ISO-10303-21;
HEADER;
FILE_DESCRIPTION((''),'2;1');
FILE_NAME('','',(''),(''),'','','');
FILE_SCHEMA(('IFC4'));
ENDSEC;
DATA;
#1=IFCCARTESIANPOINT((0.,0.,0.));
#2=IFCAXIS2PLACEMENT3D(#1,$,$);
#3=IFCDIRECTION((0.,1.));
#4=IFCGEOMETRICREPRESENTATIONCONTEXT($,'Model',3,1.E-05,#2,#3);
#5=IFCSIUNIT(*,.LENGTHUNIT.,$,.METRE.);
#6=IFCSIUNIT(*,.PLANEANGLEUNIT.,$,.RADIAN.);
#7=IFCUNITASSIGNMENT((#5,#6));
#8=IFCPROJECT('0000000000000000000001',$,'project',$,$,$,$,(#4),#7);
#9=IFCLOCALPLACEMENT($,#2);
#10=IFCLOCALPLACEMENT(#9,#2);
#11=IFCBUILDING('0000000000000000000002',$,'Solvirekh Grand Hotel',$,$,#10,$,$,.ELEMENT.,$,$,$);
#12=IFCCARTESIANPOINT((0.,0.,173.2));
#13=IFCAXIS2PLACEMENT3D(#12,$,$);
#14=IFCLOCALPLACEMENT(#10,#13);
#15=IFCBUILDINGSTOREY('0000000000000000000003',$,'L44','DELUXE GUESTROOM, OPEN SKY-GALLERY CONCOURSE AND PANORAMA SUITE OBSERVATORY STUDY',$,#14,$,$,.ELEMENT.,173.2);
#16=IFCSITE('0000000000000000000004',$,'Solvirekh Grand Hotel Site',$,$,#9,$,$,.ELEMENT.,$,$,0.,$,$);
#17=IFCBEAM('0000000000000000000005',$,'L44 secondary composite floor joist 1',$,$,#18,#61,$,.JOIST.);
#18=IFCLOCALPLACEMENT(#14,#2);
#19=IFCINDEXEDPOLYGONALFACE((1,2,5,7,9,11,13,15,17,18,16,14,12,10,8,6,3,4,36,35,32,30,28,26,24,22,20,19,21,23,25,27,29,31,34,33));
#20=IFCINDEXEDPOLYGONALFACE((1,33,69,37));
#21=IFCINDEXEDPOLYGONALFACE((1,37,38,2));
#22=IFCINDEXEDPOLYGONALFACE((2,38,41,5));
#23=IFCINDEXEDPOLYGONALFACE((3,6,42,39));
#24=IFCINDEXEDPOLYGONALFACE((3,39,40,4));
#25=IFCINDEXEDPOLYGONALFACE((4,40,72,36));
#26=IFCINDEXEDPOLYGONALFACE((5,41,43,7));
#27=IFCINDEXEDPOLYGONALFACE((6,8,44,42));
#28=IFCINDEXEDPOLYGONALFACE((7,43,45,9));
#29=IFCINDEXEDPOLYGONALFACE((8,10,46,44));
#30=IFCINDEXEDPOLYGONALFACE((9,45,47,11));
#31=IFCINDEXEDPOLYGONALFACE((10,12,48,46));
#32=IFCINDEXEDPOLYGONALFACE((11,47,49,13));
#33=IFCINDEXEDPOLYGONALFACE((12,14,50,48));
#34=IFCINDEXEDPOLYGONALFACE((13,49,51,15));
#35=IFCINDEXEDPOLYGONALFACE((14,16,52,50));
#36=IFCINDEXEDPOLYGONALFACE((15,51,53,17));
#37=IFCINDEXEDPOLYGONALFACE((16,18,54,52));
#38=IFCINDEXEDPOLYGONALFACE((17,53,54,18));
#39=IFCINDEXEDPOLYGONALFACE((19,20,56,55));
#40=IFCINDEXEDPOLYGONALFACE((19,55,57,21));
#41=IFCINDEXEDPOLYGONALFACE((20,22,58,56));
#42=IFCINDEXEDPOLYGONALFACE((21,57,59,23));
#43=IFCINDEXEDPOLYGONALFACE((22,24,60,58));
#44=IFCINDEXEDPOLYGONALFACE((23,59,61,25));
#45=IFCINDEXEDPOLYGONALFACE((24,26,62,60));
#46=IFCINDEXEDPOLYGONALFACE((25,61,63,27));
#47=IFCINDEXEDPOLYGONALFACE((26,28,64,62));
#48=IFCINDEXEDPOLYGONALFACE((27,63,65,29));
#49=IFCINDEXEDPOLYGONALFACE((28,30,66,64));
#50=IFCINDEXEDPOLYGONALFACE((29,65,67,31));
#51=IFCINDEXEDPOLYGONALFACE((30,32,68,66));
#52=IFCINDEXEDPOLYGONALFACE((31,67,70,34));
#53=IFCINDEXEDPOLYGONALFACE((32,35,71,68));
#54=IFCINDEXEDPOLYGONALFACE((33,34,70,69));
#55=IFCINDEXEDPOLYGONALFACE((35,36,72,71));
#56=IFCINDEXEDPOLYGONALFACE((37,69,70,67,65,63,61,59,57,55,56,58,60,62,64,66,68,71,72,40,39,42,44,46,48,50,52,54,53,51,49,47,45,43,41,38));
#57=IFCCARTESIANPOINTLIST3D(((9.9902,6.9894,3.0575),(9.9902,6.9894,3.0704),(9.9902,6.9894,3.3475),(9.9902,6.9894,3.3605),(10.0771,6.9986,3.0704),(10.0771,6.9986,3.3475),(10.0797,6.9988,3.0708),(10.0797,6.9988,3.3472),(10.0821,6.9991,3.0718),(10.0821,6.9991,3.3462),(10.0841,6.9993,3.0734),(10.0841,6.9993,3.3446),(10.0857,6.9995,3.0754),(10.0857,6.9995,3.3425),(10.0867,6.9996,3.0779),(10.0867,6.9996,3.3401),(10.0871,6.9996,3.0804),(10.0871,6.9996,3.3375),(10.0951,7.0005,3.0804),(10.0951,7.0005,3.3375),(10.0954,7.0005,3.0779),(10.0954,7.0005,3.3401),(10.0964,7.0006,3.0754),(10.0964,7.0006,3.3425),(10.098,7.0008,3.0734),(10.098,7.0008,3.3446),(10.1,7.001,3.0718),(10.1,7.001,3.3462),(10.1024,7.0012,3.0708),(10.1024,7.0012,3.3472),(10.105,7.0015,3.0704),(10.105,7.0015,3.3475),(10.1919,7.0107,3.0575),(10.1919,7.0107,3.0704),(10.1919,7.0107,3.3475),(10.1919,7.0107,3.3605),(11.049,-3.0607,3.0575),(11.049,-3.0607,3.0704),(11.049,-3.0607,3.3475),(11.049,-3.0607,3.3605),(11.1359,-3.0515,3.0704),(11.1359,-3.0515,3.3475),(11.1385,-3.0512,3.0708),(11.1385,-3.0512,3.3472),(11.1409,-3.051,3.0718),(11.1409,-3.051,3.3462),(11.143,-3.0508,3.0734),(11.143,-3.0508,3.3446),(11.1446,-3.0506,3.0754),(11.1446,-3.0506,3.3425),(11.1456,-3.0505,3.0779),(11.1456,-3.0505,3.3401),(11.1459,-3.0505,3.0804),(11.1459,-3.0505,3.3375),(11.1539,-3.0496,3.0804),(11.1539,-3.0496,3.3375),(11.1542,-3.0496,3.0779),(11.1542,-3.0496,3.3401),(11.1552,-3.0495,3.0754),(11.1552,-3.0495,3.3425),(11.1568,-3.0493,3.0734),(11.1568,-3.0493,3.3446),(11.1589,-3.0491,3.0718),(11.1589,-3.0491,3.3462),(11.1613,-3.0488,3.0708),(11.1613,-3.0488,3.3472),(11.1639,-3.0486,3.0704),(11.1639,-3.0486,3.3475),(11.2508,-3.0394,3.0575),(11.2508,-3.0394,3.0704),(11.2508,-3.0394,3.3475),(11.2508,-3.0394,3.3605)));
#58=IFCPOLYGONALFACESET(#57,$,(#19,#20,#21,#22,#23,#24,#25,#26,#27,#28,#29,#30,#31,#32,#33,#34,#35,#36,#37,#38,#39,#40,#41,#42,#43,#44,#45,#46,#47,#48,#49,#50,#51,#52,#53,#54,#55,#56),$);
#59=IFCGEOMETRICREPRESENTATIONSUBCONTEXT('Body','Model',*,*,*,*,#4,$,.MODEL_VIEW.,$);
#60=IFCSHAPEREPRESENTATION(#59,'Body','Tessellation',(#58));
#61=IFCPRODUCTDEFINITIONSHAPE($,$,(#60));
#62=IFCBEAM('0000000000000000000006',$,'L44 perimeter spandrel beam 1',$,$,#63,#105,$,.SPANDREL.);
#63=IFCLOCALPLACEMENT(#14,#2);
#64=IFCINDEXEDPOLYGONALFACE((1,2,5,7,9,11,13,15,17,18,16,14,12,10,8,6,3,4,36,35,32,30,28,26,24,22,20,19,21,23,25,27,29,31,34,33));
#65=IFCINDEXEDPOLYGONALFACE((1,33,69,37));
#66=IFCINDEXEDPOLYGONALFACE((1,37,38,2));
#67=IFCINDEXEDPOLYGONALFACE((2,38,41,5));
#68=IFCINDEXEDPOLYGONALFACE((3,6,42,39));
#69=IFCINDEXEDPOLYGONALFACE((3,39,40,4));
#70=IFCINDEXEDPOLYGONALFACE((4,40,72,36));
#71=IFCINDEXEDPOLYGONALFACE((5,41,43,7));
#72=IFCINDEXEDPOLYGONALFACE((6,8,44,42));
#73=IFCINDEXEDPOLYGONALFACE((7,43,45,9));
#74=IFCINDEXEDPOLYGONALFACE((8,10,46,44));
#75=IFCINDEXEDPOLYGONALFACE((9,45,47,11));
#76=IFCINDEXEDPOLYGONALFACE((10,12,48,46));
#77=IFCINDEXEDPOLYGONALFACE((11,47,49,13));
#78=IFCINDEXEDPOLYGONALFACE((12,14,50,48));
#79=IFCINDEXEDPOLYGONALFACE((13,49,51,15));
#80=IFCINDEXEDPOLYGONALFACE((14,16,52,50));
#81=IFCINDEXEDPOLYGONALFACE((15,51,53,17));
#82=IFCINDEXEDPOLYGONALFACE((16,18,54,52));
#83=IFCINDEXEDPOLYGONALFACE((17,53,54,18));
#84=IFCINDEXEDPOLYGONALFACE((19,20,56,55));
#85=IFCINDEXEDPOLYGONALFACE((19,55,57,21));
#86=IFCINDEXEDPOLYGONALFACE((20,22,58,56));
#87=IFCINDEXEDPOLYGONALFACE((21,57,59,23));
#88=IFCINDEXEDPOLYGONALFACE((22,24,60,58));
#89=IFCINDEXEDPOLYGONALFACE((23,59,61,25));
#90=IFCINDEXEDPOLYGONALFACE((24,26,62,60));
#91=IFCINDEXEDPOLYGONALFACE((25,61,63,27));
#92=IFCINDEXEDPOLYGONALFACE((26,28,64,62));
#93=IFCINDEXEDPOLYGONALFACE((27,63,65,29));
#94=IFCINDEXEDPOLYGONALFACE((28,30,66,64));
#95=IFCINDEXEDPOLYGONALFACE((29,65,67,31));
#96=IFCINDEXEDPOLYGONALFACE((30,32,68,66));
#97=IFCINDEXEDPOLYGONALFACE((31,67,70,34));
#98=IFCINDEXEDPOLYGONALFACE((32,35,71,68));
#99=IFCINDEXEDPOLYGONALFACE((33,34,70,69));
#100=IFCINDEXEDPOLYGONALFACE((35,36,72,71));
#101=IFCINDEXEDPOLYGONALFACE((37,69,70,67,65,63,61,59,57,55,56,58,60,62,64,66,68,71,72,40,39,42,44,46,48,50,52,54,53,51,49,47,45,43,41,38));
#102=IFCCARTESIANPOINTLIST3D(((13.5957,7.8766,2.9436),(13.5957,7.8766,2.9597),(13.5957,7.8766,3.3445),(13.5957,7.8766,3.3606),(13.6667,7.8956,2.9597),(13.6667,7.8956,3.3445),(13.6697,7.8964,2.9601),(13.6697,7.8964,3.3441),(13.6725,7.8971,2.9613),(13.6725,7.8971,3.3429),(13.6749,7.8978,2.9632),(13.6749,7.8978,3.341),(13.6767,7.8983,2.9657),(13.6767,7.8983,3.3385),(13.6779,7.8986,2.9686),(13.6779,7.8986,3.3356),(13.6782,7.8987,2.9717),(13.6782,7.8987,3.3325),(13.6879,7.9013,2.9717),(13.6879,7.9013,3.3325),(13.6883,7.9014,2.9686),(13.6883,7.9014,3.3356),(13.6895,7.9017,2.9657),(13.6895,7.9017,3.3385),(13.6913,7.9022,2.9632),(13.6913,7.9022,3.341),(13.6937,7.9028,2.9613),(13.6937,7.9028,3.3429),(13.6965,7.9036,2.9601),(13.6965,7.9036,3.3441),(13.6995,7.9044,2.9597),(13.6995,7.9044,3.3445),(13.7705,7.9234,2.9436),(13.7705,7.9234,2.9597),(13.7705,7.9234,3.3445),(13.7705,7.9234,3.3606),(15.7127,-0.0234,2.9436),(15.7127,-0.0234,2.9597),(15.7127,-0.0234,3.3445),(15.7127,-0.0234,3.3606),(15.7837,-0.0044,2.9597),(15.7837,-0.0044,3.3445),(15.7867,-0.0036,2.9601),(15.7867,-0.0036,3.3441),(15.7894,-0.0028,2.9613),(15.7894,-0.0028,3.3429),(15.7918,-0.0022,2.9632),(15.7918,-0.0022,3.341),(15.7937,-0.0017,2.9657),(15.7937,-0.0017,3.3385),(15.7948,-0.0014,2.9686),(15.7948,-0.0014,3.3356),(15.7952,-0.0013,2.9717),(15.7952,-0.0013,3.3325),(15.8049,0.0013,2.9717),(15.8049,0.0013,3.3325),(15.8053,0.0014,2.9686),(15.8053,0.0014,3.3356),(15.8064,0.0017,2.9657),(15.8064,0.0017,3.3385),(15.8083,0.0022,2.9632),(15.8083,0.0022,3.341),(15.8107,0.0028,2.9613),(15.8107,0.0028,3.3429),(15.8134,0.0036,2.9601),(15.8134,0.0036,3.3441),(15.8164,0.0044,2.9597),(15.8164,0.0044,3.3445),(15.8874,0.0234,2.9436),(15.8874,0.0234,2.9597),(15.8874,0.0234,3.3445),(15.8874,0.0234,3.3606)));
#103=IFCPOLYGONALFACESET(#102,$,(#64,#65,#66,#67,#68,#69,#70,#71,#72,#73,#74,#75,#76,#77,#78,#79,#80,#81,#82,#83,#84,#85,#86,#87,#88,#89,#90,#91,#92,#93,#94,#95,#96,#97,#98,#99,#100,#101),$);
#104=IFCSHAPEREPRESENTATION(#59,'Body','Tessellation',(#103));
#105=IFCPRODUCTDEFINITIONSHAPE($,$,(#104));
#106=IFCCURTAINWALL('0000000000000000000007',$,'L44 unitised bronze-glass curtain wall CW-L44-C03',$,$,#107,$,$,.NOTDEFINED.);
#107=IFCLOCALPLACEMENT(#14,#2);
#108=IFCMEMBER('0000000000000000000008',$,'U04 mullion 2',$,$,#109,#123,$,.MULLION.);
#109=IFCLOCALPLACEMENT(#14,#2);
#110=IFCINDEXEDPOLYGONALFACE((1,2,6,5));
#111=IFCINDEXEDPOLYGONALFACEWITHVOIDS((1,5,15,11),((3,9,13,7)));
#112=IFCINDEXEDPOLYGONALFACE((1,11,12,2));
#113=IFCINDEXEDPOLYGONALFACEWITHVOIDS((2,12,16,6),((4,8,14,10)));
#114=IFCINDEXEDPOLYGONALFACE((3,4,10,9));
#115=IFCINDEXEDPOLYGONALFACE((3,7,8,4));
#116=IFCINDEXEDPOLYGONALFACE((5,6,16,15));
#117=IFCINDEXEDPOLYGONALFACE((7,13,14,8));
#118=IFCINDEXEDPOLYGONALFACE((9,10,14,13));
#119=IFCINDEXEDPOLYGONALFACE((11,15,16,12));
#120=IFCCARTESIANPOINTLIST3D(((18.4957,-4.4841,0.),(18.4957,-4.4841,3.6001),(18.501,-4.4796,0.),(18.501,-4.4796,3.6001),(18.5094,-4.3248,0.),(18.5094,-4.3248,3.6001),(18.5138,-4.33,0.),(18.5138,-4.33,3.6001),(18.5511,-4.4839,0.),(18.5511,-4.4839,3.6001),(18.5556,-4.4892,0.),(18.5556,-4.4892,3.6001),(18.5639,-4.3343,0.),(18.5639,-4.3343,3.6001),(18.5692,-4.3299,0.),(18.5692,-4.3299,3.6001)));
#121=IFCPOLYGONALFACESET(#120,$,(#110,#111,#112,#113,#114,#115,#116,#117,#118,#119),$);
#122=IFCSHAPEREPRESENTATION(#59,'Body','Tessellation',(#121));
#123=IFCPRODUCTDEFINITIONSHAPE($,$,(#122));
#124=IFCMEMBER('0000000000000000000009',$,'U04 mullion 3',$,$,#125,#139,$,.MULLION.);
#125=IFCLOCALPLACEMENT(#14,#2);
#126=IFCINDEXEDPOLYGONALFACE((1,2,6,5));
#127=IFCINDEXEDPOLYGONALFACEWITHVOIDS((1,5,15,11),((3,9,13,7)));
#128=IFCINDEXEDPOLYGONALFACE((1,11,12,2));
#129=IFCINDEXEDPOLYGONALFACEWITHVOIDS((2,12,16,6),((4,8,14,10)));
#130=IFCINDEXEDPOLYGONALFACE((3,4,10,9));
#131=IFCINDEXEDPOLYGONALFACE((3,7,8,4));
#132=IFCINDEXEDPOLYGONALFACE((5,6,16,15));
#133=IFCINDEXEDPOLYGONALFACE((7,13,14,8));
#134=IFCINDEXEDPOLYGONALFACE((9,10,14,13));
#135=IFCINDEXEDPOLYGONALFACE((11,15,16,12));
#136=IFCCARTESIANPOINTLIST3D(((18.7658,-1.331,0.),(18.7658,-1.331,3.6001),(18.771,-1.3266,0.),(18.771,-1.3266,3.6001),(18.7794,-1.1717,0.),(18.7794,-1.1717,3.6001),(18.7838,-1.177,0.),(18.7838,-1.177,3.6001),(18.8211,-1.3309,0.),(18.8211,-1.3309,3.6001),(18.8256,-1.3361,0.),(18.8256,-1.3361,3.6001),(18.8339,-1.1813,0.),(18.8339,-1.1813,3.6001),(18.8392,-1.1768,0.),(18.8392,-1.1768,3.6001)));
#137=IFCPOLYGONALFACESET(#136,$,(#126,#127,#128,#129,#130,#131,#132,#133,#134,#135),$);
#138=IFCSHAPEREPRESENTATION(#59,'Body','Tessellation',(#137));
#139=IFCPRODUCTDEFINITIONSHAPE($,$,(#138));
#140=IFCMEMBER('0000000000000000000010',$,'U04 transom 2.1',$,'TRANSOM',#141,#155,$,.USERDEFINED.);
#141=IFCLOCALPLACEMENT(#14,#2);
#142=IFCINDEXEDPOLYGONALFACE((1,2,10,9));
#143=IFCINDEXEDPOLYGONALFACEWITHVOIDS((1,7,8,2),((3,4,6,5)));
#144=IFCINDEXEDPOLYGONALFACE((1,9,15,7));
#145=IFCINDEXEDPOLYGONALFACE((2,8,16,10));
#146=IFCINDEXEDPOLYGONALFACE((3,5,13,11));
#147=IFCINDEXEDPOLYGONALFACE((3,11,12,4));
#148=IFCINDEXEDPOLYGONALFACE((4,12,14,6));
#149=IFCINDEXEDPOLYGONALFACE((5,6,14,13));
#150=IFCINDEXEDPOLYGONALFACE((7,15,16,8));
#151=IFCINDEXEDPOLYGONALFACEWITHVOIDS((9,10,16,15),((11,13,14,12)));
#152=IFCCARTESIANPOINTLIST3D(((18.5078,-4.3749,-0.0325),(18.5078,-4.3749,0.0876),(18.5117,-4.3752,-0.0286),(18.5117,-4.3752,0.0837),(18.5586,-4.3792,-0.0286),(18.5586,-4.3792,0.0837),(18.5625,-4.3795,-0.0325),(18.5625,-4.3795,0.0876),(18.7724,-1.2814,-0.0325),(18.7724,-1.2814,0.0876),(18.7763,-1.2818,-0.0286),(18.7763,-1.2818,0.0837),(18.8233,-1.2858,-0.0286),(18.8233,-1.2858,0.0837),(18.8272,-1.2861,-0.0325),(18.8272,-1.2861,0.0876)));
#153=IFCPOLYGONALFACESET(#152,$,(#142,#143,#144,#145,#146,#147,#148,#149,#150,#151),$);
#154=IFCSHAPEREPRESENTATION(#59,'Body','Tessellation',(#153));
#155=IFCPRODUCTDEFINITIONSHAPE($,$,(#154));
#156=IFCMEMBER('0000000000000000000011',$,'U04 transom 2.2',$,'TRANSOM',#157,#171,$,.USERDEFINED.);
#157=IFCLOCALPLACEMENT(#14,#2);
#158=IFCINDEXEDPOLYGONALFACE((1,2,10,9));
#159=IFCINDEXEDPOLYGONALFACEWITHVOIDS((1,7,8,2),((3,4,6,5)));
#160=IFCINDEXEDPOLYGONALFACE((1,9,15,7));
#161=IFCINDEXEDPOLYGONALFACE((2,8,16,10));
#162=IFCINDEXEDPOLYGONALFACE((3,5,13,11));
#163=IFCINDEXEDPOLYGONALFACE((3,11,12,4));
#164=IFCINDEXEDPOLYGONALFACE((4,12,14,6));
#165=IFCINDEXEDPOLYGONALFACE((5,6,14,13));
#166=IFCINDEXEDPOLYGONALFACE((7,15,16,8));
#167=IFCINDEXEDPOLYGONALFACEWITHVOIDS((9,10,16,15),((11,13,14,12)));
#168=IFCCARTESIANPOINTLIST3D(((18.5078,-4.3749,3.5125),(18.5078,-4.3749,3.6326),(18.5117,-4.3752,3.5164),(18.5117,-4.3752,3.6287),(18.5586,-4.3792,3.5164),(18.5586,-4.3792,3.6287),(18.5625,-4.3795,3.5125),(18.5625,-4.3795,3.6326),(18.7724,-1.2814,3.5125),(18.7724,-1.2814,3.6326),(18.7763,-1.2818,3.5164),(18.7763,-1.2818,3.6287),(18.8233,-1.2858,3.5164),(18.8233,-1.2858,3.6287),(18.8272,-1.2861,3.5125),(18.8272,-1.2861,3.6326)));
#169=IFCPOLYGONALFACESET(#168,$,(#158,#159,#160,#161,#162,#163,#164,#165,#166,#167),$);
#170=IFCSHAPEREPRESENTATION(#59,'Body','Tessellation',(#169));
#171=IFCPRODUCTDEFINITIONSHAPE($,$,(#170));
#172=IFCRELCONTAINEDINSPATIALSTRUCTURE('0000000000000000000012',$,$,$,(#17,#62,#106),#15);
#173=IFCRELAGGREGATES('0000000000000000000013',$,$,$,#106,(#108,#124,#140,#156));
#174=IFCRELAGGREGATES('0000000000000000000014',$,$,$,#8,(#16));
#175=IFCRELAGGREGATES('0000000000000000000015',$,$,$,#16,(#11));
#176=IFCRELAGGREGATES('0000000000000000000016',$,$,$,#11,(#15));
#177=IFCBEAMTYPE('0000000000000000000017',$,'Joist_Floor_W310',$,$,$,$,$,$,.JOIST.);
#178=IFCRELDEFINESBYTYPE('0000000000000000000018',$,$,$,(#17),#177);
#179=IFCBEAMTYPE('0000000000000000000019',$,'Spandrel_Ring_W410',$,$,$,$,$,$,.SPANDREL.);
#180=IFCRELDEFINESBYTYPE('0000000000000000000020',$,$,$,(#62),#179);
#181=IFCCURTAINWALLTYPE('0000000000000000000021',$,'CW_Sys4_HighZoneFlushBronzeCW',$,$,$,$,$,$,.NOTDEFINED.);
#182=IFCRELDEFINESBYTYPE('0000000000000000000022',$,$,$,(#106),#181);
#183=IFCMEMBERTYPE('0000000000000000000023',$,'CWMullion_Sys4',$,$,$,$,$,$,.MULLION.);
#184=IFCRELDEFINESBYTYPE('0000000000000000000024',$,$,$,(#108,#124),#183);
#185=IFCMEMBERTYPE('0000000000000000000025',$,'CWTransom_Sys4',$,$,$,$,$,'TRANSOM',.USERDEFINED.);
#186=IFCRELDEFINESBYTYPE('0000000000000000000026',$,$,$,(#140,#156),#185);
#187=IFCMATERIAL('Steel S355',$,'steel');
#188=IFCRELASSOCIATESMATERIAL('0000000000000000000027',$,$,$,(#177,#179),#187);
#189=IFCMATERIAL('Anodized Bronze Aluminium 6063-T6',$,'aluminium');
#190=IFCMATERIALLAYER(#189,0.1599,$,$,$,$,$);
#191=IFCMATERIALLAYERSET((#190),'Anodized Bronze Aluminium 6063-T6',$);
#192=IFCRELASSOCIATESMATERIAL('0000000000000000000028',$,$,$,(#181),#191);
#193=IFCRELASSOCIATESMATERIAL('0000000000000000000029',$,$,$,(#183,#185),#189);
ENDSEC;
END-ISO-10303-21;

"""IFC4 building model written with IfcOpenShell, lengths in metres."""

from ifc_helpers import new_model, si_unit, direction, frame, origin, origin_2d, place, context, subcontext, project, spatial, hollow_rectangle, i_section, extrude, source, transform, mapped, material, layer, layer_set, material_profile, profile_set, type_object, element, aggregate, save


model = new_model("IFC4")

# Units and contexts
model_context = context("Model", 3, precision=1e-05, world=origin(), true_north=direction((0.0, 1.0)))
body_context = subcontext(model_context, "Body", "Model", "MODEL_VIEW")
ifc_project = project(units=[si_unit("LENGTHUNIT", "METRE"), si_unit("PLANEANGLEUNIT", "RADIAN")], contexts=[model_context])

# Site, building, storey
site_placement = place(None, origin())
site = spatial("IfcSite", under=ifc_project, at=site_placement, Name="Solvirekh Grand Hotel Site", CompositionType="ELEMENT", RefElevation=0.0)
building_placement = place(site_placement, origin())
building = spatial("IfcBuilding", under=site, at=building_placement, Name="Solvirekh Grand Hotel", CompositionType="ELEMENT")
storey_placement = place(building_placement, frame((0.0, 0.0, 173.2)))
storey = spatial("IfcBuildingStorey", under=building, at=storey_placement, Name="L44", Description="DELUXE GUESTROOM, OPEN SKY-GALLERY CONCOURSE AND PANORAMA SUITE OBSERVATORY STUDY", CompositionType="ELEMENT", Elevation=173.2)

# Beams
ifc_material_1 = material(Name="Steel S355", Category="steel")
ifc_material_profile_1 = material_profile(ifc_material_1, i_section(OverallWidth=0.2029, OverallDepth=0.303, WebThickness=0.0081, FlangeThickness=0.0129, FilletRadius=0.01, at=origin_2d()), Name="W310X60")
ifc_profile_set_1 = profile_set([ifc_material_profile_1], Name="Steel S355")
beam_type_1 = type_object("IfcBeamType", Name="Joist_Floor_W310", PredefinedType="JOIST", material=ifc_profile_set_1)
beam_1_placement = place(storey_placement, frame((11.1499, -3.05, 3.209), z_axis=(-0.104777, 0.994496, 0.0), x_axis=(-0.994496, -0.104777, 0.0)))
element("IfcBeam", 1, at=beam_1_placement, inside=storey, type_object=beam_type_1, Name="L44 secondary composite floor joist 1", PredefinedType="JOIST", context=body_context, shape_type="SweptSolid", body=[
    extrude(i_section(OverallWidth=0.2029, OverallDepth=0.303, WebThickness=0.0081, FlangeThickness=0.0129, FilletRadius=0.01, at=origin_2d()), origin(), (0.0, 0.0, 1.0), 10.1057),
])
ifc_material_profile_2 = material_profile(ifc_material_1, i_section(OverallWidth=0.1809, OverallDepth=0.417, WebThickness=0.01, FlangeThickness=0.0161, FilletRadius=0.012, at=origin_2d()), Name="W410X85")
ifc_profile_set_2 = profile_set([ifc_material_profile_2], Name="Steel S355")
beam_type_2 = type_object("IfcBeamType", Name="Spandrel_Ring_W410", PredefinedType="SPANDREL", material=ifc_profile_set_2)
beam_2_placement = place(storey_placement, frame((15.8, 0.0, 3.1521), z_axis=(-0.258839, 0.965921, 0.0), x_axis=(-0.965921, -0.258839, 0.0)))
element("IfcBeam", 2, at=beam_2_placement, inside=storey, type_object=beam_type_2, Name="L44 perimeter spandrel beam 1", PredefinedType="SPANDREL", context=body_context, shape_type="SweptSolid", body=[
    extrude(i_section(OverallWidth=0.1809, OverallDepth=0.417, WebThickness=0.01, FlangeThickness=0.0161, FilletRadius=0.012, at=origin_2d()), origin(), (0.0, 0.0, 1.0), 8.1787),
])

# Curtain wall, members
ifc_material_2 = material(Name="Anodized Bronze Aluminium 6063-T6", Category="aluminium")
ifc_layer_1 = layer(ifc_material_2, 0.1599)
ifc_layer_set_1 = layer_set([ifc_layer_1], Name="Anodized Bronze Aluminium 6063-T6")
curtain_wall_type = type_object("IfcCurtainWallType", Name="CW_Sys4_HighZoneFlushBronzeCW", PredefinedType="NOTDEFINED", material=ifc_layer_set_1)
curtain_wall_placement = place(storey_placement, origin())
curtain_wall = element("IfcCurtainWall", 3, at=curtain_wall_placement, inside=storey, type_object=curtain_wall_type, Name="L44 unitised bronze-glass curtain wall CW-L44-C03", PredefinedType="NOTDEFINED")
ifc_material_profile_3 = material_profile(ifc_material_2, hollow_rectangle(XDim=0.0601, YDim=0.1599, WallThickness=0.0049, at=origin_2d()), Name="ALU RHS 160X60X5")
ifc_profile_set_3 = profile_set([ifc_material_profile_3], Name="Anodized Bronze Aluminium 6063-T6")
member_type_1 = type_object("IfcMemberType", Name="CWMullion_Sys4", PredefinedType="MULLION", material=ifc_profile_set_3)
shared_shape_1 = source(origin(), body_context, "Body", "SweptSolid", [
    extrude(hollow_rectangle(XDim=0.0601, YDim=0.1599, WallThickness=0.0049, at=origin_2d()), origin(), (0.0, 0.0, 1.0), 3.6001),
])
member_1_placement = place(storey_placement, frame((18.5325, -4.407, 0.0), z_axis=(0.0, 0.0, 1.0), x_axis=(-0.996355, 0.085299, 0.0)))
member_1 = element("IfcMember", 4, at=member_1_placement, type_object=member_type_1, Name="U04 mullion 2", PredefinedType="MULLION", context=body_context, shape_type="MappedRepresentation", body=[
    mapped(shared_shape_1, transform((0.0, 0.0, 0.0), x_axis=(1.0, 0.0, 0.0), y_axis=(0.0, 1.0, 0.0), z_axis=(0.0, 0.0, 1.0), scale=1.0)),
])
member_2_placement = place(storey_placement, frame((18.8025, -1.2539, 0.0), z_axis=(0.0, 0.0, 1.0), x_axis=(-0.996355, 0.085299, 0.0)))
member_2 = element("IfcMember", 5, at=member_2_placement, type_object=member_type_1, Name="U04 mullion 3", PredefinedType="MULLION", context=body_context, shape_type="MappedRepresentation", body=[
    mapped(shared_shape_1, transform((0.0, 0.0, 0.0), x_axis=(1.0, 0.0, 0.0), y_axis=(0.0, 1.0, 0.0), z_axis=(0.0, 0.0, 1.0), scale=1.0)),
])
ifc_material_profile_4 = material_profile(ifc_material_2, hollow_rectangle(XDim=0.0549, YDim=0.1201, WallThickness=0.0039, at=origin_2d()), Name="ALU RHS 120X55X4")
ifc_profile_set_4 = profile_set([ifc_material_profile_4], Name="Anodized Bronze Aluminium 6063-T6")
member_type_2 = type_object("IfcMemberType", Name="CWTransom_Sys4", ElementType="TRANSOM", PredefinedType="USERDEFINED", material=ifc_profile_set_4)
shared_shape_2 = source(origin(), body_context, "Body", "SweptSolid", [
    extrude(hollow_rectangle(XDim=0.0549, YDim=0.1201, WallThickness=0.0039, at=origin_2d()), origin(), (0.0, 0.0, 1.0), 3.1047),
])
member_3_placement = place(storey_placement, frame((18.5352, -4.3772, 0.0276), z_axis=(0.085238, 0.996361, 0.0), x_axis=(-0.996361, 0.085238, 0.0)))
member_3 = element("IfcMember", 6, at=member_3_placement, type_object=member_type_2, Name="U04 transom 2.1", ObjectType="TRANSOM", PredefinedType="USERDEFINED", context=body_context, shape_type="MappedRepresentation", body=[
    mapped(shared_shape_2, transform((0.0, 0.0, 0.0), x_axis=(1.0, 0.0, 0.0), y_axis=(0.0, 1.0, 0.0), z_axis=(0.0, 0.0, 1.0), scale=1.0)),
])
member_4_placement = place(storey_placement, frame((18.5352, -4.3772, 3.5725), z_axis=(0.085238, 0.996361, 0.0), x_axis=(-0.996361, 0.085238, 0.0)))
member_4 = element("IfcMember", 7, at=member_4_placement, type_object=member_type_2, Name="U04 transom 2.2", ObjectType="TRANSOM", PredefinedType="USERDEFINED", context=body_context, shape_type="MappedRepresentation", body=[
    mapped(shared_shape_2, transform((0.0, 0.0, 0.0), x_axis=(1.0, 0.0, 0.0), y_axis=(0.0, 1.0, 0.0), z_axis=(0.0, 0.0, 1.0), scale=1.0)),
])
aggregate(curtain_wall, [member_1, member_2, member_3, member_4])

save(model, "model.ifc")
